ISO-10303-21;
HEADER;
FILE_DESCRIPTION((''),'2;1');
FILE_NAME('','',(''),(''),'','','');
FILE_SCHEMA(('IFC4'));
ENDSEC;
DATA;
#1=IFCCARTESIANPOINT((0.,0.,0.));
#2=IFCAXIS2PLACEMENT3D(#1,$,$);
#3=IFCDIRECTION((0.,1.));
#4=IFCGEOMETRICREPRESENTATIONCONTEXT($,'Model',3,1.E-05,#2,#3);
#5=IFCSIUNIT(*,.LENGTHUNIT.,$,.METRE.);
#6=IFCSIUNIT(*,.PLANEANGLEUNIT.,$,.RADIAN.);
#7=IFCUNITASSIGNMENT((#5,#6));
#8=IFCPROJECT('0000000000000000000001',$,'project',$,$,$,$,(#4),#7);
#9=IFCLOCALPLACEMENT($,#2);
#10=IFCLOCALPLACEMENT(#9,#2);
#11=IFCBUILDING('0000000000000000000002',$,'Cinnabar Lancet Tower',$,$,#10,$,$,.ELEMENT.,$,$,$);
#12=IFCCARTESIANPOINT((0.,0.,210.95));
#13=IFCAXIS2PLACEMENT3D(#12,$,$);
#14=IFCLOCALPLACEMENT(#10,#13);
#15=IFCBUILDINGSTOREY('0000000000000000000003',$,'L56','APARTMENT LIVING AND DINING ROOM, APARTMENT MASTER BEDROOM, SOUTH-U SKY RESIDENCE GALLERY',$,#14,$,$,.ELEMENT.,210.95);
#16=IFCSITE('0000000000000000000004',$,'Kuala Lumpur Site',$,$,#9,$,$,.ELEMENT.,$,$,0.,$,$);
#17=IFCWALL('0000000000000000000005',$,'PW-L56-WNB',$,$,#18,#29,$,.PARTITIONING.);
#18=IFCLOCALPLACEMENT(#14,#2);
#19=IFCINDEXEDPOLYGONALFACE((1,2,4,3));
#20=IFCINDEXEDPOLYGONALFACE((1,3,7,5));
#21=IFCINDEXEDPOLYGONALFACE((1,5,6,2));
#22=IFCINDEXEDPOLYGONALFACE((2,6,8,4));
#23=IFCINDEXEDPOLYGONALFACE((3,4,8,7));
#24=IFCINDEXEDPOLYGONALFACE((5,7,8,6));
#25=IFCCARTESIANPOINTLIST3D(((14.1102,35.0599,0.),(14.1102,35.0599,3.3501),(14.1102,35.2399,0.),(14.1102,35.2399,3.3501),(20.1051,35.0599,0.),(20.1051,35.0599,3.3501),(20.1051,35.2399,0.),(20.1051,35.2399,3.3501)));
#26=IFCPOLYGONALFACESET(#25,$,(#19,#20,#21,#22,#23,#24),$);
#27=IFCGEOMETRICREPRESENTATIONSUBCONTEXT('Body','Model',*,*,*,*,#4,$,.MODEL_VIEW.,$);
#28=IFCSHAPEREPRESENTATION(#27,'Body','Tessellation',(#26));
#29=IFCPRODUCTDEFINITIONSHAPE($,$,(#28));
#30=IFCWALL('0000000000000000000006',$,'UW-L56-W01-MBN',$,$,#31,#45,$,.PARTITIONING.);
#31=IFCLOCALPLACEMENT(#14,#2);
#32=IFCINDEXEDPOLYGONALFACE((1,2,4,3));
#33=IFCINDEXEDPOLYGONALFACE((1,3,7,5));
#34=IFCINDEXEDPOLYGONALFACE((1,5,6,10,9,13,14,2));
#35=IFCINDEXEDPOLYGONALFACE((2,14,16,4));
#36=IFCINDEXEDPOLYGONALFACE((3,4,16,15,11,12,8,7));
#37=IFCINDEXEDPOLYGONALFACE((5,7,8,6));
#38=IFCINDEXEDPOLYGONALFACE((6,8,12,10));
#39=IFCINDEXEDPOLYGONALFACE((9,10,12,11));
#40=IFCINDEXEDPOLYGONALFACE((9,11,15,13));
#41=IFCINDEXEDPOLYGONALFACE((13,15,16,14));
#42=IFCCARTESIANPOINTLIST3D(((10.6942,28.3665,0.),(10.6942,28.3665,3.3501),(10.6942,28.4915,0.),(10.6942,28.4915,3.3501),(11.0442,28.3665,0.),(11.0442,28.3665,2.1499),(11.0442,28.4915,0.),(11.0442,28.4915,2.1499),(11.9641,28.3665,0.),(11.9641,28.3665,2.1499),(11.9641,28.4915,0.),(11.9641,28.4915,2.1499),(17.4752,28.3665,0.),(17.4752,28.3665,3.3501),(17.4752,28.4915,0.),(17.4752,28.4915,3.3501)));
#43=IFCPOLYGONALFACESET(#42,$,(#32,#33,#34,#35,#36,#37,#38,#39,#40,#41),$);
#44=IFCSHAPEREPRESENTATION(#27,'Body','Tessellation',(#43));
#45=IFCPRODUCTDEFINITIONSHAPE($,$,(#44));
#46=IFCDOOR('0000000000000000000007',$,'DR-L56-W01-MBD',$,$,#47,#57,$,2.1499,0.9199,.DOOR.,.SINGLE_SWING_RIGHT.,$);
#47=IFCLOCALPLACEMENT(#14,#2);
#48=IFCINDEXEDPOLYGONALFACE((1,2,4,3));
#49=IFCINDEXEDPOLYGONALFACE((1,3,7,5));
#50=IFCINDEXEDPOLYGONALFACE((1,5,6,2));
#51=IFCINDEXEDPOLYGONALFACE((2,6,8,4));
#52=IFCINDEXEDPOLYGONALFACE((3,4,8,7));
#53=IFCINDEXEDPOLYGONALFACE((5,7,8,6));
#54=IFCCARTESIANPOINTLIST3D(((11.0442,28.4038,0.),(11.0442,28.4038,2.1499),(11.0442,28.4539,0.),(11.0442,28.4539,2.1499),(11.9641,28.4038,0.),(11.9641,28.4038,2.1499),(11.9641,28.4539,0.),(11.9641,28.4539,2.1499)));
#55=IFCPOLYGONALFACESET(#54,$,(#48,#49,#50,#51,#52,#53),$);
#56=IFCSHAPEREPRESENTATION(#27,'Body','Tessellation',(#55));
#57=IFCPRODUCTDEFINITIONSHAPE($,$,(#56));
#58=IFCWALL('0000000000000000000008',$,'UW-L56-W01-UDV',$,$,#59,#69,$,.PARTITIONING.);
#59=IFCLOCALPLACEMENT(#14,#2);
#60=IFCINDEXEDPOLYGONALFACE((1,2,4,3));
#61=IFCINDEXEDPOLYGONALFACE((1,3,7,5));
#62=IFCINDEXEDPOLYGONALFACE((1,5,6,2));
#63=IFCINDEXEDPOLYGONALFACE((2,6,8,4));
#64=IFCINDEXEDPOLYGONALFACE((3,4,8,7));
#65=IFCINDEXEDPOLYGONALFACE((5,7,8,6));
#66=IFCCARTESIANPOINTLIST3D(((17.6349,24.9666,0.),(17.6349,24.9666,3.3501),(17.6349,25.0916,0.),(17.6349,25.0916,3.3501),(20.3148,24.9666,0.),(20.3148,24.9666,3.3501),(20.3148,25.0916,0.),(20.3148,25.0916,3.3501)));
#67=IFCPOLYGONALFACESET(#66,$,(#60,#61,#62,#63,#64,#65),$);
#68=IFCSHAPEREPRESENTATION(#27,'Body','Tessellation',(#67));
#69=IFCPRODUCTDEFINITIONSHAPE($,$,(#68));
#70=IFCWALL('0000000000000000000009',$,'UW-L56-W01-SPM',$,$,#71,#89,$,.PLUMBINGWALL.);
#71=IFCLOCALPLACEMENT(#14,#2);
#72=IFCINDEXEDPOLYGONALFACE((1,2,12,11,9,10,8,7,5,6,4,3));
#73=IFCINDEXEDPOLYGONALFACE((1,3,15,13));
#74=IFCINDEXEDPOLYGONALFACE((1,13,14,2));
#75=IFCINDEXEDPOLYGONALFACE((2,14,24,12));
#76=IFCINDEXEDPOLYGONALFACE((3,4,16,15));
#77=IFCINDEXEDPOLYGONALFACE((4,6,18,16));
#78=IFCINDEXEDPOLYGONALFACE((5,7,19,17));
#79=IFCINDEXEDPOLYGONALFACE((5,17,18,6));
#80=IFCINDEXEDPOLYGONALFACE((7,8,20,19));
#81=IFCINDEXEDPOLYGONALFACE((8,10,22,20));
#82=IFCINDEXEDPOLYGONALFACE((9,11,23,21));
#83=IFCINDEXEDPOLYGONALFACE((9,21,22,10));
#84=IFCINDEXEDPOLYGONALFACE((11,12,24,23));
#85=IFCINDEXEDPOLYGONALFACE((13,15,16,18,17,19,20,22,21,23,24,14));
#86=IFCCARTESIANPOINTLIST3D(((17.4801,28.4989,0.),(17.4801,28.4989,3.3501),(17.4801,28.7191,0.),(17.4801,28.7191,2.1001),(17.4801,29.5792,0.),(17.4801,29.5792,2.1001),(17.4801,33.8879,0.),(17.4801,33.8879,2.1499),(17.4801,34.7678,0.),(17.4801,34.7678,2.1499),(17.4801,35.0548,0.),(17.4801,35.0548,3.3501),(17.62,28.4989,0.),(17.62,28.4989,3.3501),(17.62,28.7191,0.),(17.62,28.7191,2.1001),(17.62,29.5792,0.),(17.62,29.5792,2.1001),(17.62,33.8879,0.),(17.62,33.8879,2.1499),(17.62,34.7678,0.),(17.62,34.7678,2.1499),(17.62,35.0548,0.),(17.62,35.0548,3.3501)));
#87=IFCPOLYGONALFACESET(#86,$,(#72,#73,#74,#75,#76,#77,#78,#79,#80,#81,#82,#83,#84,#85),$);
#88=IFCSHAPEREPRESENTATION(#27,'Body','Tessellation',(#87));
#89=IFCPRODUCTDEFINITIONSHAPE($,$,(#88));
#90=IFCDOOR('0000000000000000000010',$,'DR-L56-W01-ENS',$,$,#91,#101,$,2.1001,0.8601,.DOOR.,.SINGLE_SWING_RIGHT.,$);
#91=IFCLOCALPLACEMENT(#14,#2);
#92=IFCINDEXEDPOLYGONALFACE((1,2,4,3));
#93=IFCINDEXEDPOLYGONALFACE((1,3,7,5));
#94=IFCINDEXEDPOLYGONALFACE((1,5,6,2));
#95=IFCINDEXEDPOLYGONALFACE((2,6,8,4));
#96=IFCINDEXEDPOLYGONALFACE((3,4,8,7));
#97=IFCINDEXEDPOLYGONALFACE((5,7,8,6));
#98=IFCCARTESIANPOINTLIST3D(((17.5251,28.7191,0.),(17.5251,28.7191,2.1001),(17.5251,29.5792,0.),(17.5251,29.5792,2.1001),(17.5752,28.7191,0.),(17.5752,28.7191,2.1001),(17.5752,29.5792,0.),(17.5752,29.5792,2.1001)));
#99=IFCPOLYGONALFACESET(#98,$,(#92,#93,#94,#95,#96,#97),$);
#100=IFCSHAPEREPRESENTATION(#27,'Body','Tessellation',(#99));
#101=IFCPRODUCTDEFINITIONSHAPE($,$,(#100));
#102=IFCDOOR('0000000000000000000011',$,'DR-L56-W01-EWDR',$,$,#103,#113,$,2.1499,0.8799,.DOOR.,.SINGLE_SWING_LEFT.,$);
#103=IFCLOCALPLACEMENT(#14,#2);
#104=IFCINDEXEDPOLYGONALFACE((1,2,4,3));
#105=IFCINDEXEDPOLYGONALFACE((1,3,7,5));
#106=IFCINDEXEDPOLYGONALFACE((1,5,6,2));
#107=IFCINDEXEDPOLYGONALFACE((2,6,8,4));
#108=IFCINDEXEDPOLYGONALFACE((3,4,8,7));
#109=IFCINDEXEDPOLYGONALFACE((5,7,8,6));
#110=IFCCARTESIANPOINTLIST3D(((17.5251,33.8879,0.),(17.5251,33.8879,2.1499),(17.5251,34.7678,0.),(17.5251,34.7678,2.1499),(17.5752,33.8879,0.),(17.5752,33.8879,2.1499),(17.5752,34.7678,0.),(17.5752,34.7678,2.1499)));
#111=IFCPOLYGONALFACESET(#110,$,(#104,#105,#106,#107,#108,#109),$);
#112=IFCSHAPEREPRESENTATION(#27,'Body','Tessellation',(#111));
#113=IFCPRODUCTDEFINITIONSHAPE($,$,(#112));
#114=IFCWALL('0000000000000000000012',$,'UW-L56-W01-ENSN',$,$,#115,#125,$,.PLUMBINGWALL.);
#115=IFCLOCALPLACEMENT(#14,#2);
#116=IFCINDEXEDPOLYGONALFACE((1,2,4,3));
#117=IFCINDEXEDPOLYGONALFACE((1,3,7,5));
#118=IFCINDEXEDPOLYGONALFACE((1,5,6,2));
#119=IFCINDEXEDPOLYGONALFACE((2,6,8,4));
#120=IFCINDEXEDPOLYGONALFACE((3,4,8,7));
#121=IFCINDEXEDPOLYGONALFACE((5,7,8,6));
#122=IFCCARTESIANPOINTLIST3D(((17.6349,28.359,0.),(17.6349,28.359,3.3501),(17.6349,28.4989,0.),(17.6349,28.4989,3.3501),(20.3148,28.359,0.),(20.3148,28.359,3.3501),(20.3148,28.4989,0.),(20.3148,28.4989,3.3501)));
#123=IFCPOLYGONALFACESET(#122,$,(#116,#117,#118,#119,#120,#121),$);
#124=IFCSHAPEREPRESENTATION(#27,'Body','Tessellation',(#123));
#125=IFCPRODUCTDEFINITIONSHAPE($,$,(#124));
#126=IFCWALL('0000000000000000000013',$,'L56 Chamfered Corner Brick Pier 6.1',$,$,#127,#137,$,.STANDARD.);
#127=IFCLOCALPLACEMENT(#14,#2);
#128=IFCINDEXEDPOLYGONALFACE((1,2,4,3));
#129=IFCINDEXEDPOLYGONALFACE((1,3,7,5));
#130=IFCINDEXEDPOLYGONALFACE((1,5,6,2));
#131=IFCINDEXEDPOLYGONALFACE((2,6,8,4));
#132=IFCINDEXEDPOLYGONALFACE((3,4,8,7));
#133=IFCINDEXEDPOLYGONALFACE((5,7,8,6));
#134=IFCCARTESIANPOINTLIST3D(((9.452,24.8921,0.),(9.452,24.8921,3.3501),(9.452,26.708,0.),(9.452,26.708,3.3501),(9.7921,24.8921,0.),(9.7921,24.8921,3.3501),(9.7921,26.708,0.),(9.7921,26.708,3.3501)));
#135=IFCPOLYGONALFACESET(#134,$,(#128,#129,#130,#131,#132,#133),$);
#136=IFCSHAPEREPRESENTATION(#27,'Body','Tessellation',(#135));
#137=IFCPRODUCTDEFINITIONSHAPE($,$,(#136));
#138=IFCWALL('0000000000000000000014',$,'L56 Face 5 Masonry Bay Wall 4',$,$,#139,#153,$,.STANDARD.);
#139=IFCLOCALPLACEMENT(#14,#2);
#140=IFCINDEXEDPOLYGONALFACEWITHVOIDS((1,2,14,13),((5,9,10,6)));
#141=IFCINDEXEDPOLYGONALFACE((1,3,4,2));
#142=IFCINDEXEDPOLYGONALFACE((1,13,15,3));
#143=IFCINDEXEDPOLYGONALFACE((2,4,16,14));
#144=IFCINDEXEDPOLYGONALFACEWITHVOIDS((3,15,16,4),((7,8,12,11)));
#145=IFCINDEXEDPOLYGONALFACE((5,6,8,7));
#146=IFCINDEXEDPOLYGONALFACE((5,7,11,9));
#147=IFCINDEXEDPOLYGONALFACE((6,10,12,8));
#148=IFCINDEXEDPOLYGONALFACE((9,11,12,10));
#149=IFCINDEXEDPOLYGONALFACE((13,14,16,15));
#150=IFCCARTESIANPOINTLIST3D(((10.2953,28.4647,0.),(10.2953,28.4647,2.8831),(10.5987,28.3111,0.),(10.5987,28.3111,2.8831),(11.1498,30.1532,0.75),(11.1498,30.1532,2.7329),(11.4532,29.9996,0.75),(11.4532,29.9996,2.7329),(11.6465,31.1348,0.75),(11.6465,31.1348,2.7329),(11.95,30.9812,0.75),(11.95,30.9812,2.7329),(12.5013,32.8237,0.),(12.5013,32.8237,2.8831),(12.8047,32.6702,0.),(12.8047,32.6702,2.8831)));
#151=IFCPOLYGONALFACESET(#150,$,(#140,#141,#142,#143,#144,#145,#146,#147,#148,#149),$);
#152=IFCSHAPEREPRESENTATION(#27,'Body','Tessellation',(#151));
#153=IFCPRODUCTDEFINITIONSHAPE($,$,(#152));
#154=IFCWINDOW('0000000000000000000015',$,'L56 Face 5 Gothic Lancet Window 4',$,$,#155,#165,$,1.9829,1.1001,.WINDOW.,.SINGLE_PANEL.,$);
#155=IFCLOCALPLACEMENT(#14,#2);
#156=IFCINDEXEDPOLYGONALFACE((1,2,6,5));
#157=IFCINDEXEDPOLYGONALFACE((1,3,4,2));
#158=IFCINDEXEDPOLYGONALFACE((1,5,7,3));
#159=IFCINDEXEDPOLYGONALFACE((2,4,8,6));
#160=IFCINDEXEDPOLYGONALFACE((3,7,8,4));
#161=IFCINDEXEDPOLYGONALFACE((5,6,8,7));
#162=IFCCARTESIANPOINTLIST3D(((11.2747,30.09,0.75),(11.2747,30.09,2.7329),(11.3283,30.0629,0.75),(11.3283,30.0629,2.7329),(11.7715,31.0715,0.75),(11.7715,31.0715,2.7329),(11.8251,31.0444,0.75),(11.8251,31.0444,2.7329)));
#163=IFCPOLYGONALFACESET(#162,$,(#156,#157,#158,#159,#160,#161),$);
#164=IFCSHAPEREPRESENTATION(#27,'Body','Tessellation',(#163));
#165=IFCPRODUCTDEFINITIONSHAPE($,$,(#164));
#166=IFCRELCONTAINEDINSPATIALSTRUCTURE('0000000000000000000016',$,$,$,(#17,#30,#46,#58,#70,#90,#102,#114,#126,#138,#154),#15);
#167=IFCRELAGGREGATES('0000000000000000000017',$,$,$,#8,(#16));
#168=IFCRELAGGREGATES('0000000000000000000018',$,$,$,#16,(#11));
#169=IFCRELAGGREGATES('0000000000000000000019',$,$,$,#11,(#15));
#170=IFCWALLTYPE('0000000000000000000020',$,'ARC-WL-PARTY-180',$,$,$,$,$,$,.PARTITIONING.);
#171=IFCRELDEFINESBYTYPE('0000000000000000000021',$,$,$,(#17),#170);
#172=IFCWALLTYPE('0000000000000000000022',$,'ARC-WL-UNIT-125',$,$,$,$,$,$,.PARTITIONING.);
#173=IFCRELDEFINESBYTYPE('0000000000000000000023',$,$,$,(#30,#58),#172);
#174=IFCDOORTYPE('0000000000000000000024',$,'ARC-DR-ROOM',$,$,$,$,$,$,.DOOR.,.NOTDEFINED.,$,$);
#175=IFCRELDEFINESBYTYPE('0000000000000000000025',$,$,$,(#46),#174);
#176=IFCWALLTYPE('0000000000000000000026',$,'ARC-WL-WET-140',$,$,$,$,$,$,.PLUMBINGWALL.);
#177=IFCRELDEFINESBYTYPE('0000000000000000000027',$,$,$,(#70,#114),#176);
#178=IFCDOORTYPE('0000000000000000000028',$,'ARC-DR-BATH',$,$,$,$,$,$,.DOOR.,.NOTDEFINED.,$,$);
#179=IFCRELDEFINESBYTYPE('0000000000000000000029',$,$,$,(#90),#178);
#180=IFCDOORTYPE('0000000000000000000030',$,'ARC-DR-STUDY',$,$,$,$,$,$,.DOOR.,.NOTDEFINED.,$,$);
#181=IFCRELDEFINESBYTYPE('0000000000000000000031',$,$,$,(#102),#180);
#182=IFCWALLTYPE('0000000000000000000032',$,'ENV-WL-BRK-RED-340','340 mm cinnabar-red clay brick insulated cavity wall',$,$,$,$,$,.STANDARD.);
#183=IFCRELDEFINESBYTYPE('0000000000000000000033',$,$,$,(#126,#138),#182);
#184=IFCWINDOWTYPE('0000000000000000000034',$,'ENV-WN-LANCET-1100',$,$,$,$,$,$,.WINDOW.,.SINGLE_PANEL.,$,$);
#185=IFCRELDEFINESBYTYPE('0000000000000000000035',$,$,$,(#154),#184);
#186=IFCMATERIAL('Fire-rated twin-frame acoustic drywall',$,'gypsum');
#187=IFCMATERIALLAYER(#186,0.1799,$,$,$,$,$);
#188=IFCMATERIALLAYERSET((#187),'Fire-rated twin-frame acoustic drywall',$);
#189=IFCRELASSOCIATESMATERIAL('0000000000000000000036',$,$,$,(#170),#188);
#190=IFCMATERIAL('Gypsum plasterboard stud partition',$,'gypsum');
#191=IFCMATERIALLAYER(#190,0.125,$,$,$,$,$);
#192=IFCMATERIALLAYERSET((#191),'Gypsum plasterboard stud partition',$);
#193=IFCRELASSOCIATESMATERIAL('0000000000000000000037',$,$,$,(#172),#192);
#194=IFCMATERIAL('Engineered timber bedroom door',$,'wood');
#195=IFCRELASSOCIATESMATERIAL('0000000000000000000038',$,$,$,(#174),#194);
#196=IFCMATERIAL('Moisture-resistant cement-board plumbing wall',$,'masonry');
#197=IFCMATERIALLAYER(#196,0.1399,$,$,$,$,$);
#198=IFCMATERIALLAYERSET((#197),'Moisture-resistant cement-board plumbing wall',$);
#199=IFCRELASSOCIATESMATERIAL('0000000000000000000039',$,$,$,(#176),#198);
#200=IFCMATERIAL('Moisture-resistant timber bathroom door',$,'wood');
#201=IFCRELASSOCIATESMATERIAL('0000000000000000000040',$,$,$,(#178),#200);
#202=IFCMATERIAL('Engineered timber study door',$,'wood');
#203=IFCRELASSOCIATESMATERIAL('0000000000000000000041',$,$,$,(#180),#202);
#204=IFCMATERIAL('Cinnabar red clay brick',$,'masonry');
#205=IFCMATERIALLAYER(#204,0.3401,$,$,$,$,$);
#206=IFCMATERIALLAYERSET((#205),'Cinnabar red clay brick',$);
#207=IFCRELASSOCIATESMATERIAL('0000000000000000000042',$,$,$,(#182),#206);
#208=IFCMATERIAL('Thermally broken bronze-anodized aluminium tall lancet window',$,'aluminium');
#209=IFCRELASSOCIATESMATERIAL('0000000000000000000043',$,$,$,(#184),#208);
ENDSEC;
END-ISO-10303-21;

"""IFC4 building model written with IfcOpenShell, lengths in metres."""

from ifc_helpers import new_model, si_unit, direction, frame, frame_2d, origin, place, context, subcontext, project, spatial, rectangle, extrude, material, layer, layer_set, type_object, element, fill, save


model = new_model("IFC4")

# Units and contexts
model_context = context("Model", 3, precision=1e-05, world=origin(), true_north=direction((0.0, 1.0)))
body_context = subcontext(model_context, "Body", "Model", "MODEL_VIEW")
ifc_project = project(units=[si_unit("LENGTHUNIT", "METRE"), si_unit("PLANEANGLEUNIT", "RADIAN")], contexts=[model_context])

# Site, building, storey
site_placement = place(None, origin())
site = spatial("IfcSite", under=ifc_project, at=site_placement, Name="Kuala Lumpur Site", CompositionType="ELEMENT", RefElevation=0.0)
building_placement = place(site_placement, origin())
building = spatial("IfcBuilding", under=site, at=building_placement, Name="Cinnabar Lancet Tower", CompositionType="ELEMENT")
storey_placement = place(building_placement, frame((0.0, 0.0, 210.95)))
storey = spatial("IfcBuildingStorey", under=building, at=storey_placement, Name="L56", Description="APARTMENT LIVING AND DINING ROOM, APARTMENT MASTER BEDROOM, SOUTH-U SKY RESIDENCE GALLERY", CompositionType="ELEMENT", Elevation=210.95)

# Wall
ifc_material_1 = material(Name="Fire-rated twin-frame acoustic drywall", Category="gypsum")
ifc_layer_1 = layer(ifc_material_1, 0.1799)
ifc_layer_set_1 = layer_set([ifc_layer_1], Name="Fire-rated twin-frame acoustic drywall")
wall_type_1 = type_object("IfcWallType", Name="ARC-WL-PARTY-180", PredefinedType="PARTITIONING", material=ifc_layer_set_1)
wall_1_placement = place(storey_placement, frame((14.1101, 35.1499, 0.0), z_axis=(0.0, 0.0, 1.0), x_axis=(1.0, 0.0, 0.0)))
element("IfcWall", 1, at=wall_1_placement, inside=storey, type_object=wall_type_1, Name="PW-L56-WNB", PredefinedType="PARTITIONING", context=body_context, shape_type="SweptSolid", body=[
    extrude(rectangle(XDim=5.9949, YDim=0.1799, at=frame_2d((2.9976, 0.0))), origin(), (0.0, 0.0, 1.0), 3.3501),
])

# Wall, opening, door
ifc_material_2 = material(Name="Gypsum plasterboard stud partition", Category="gypsum")
ifc_layer_2 = layer(ifc_material_2, 0.125)
ifc_layer_set_2 = layer_set([ifc_layer_2], Name="Gypsum plasterboard stud partition")
wall_type_2 = type_object("IfcWallType", Name="ARC-WL-UNIT-125", PredefinedType="PARTITIONING", material=ifc_layer_set_2)
wall_2_placement = place(storey_placement, frame((10.6941, 28.429, 0.0), z_axis=(0.0, 0.0, 1.0), x_axis=(1.0, 0.0, 0.0)))
wall_2 = element("IfcWall", 2, at=wall_2_placement, inside=storey, type_object=wall_type_2, Name="UW-L56-W01-MBN", PredefinedType="PARTITIONING", context=body_context, shape_type="SweptSolid", body=[
    extrude(rectangle(XDim=6.781, YDim=0.125, at=frame_2d((3.3906, 0.0))), origin(), (0.0, 0.0, 1.0), 3.3501),
])
opening_1_placement = place(wall_2_placement, frame((0.3501, 0.0, 0.0)))
opening_1 = element("IfcOpeningElement", 3, at=opening_1_placement, cuts=wall_2, PredefinedType="OPENING", context=body_context, shape_type="SweptSolid", body=[
    extrude(rectangle(XDim=0.9199, YDim=2.1499, at=frame_2d((0.46, 1.075))), frame((0.0, 0.0725, 0.0), z_axis=(0.0, -1.0, 0.0), x_axis=(1.0, 0.0, 0.0)), (0.0, 0.0, 1.0), 0.145),
])
ifc_material_3 = material(Name="Engineered timber bedroom door", Category="wood")
door_type_1 = type_object("IfcDoorType", Name="ARC-DR-ROOM", OperationType="NOTDEFINED", PredefinedType="DOOR", material=ifc_material_3)
door_1_placement = place(opening_1_placement, origin())
door_1 = element("IfcDoor", 4, at=door_1_placement, inside=storey, type_object=door_type_1, Name="DR-L56-W01-MBD", OperationType="SINGLE_SWING_RIGHT", OverallHeight=2.1499, OverallWidth=0.9199, PredefinedType="DOOR", context=body_context, shape_type="SweptSolid", body=[
    extrude(rectangle(XDim=0.9199, YDim=2.1499, at=frame_2d((0.46, 1.075))), frame((0.0, 0.0249, 0.0), z_axis=(0.0, -1.0, 0.0), x_axis=(1.0, 0.0, 0.0)), (0.0, 0.0, 1.0), 0.05),
])
fill(opening_1, door_1)

# Wall
wall_3_placement = place(storey_placement, frame((17.635, 25.0291, 0.0), z_axis=(0.0, 0.0, 1.0), x_axis=(1.0, 0.0, 0.0)))
element("IfcWall", 5, at=wall_3_placement, inside=storey, type_object=wall_type_2, Name="UW-L56-W01-UDV", PredefinedType="PARTITIONING", context=body_context, shape_type="SweptSolid", body=[
    extrude(rectangle(XDim=2.6799, YDim=0.125, at=frame_2d((1.3398, 0.0))), origin(), (0.0, 0.0, 1.0), 3.3501),
])

# Wall, openings, doors
ifc_material_4 = material(Name="Moisture-resistant cement-board plumbing wall", Category="masonry")
ifc_layer_3 = layer(ifc_material_4, 0.1399)
ifc_layer_set_3 = layer_set([ifc_layer_3], Name="Moisture-resistant cement-board plumbing wall")
wall_type_3 = type_object("IfcWallType", Name="ARC-WL-WET-140", PredefinedType="PLUMBINGWALL", material=ifc_layer_set_3)
wall_4_placement = place(storey_placement, frame((17.55, 28.499, 0.0), z_axis=(0.0, 0.0, 1.0), x_axis=(0.0, 1.0, 0.0)))
wall_4 = element("IfcWall", 6, at=wall_4_placement, inside=storey, type_object=wall_type_3, Name="UW-L56-W01-SPM", PredefinedType="PLUMBINGWALL", context=body_context, shape_type="SweptSolid", body=[
    extrude(rectangle(XDim=6.5559, YDim=0.1399, at=frame_2d((3.2778, 0.0))), origin(), (0.0, 0.0, 1.0), 3.3501),
])
opening_2_placement = place(wall_4_placement, frame((0.22, 0.0, 0.0)))
opening_2 = element("IfcOpeningElement", 7, at=opening_2_placement, cuts=wall_4, PredefinedType="OPENING", context=body_context, shape_type="SweptSolid", body=[
    extrude(rectangle(XDim=0.8601, YDim=2.1001, at=frame_2d((0.4302, 1.05))), frame((0.0, 0.0798, 0.0), z_axis=(0.0, -1.0, 0.0), x_axis=(1.0, 0.0, 0.0)), (0.0, 0.0, 1.0), 0.1599),
])
opening_3_placement = place(wall_4_placement, frame((5.3889, 0.0, 0.0)))
opening_3 = element("IfcOpeningElement", 8, at=opening_3_placement, cuts=wall_4, PredefinedType="OPENING", context=body_context, shape_type="SweptSolid", body=[
    extrude(rectangle(XDim=0.8799, YDim=2.1499, at=frame_2d((0.4399, 1.075))), frame((0.0, 0.0798, 0.0), z_axis=(0.0, -1.0, 0.0), x_axis=(1.0, 0.0, 0.0)), (0.0, 0.0, 1.0), 0.1599),
])
ifc_material_5 = material(Name="Moisture-resistant timber bathroom door", Category="wood")
door_type_2 = type_object("IfcDoorType", Name="ARC-DR-BATH", OperationType="NOTDEFINED", PredefinedType="DOOR", material=ifc_material_5)
door_2_placement = place(opening_2_placement, origin())
door_2 = element("IfcDoor", 9, at=door_2_placement, inside=storey, type_object=door_type_2, Name="DR-L56-W01-ENS", OperationType="SINGLE_SWING_RIGHT", OverallHeight=2.1001, OverallWidth=0.8601, PredefinedType="DOOR", context=body_context, shape_type="SweptSolid", body=[
    extrude(rectangle(XDim=0.8601, YDim=2.1001, at=frame_2d((0.4302, 1.05))), frame((0.0, 0.0249, 0.0), z_axis=(0.0, -1.0, 0.0), x_axis=(1.0, 0.0, 0.0)), (0.0, 0.0, 1.0), 0.05),
])
fill(opening_2, door_2)
ifc_material_6 = material(Name="Engineered timber study door", Category="wood")
door_type_3 = type_object("IfcDoorType", Name="ARC-DR-STUDY", OperationType="NOTDEFINED", PredefinedType="DOOR", material=ifc_material_6)
door_3_placement = place(opening_3_placement, origin())
door_3 = element("IfcDoor", 10, at=door_3_placement, inside=storey, type_object=door_type_3, Name="DR-L56-W01-EWDR", OperationType="SINGLE_SWING_LEFT", OverallHeight=2.1499, OverallWidth=0.8799, PredefinedType="DOOR", context=body_context, shape_type="SweptSolid", body=[
    extrude(rectangle(XDim=0.8799, YDim=2.1499, at=frame_2d((0.4399, 1.075))), frame((0.0, 0.0249, 0.0), z_axis=(0.0, -1.0, 0.0), x_axis=(1.0, 0.0, 0.0)), (0.0, 0.0, 1.0), 0.05),
])
fill(opening_3, door_3)

# Walls
wall_5_placement = place(storey_placement, frame((17.635, 28.429, 0.0), z_axis=(0.0, 0.0, 1.0), x_axis=(1.0, 0.0, 0.0)))
element("IfcWall", 11, at=wall_5_placement, inside=storey, type_object=wall_type_3, Name="UW-L56-W01-ENSN", PredefinedType="PLUMBINGWALL", context=body_context, shape_type="SweptSolid", body=[
    extrude(rectangle(XDim=2.6799, YDim=0.1399, at=frame_2d((1.3398, 0.0))), origin(), (0.0, 0.0, 1.0), 3.3501),
])
ifc_material_7 = material(Name="Cinnabar red clay brick", Category="masonry")
ifc_layer_4 = layer(ifc_material_7, 0.3401)
ifc_layer_set_4 = layer_set([ifc_layer_4], Name="Cinnabar red clay brick")
wall_type_4 = type_object("IfcWallType", Name="ENV-WL-BRK-RED-340", Description="340 mm cinnabar-red clay brick insulated cavity wall", PredefinedType="STANDARD", material=ifc_layer_set_4)
wall_6_placement = place(storey_placement, frame((9.6221, 26.708, 0.0), z_axis=(0.0, 0.0, 1.0), x_axis=(0.0, -1.0, 0.0)))
element("IfcWall", 12, at=wall_6_placement, inside=storey, type_object=wall_type_4, Name="L56 Chamfered Corner Brick Pier 6.1", PredefinedType="STANDARD", context=body_context, shape_type="SweptSolid", body=[
    extrude(rectangle(XDim=1.8159, YDim=0.3401, at=frame_2d((0.908, 0.0))), origin(), (0.0, 0.0, 1.0), 3.3501),
])

# Wall, opening, window
wall_7_placement = place(storey_placement, frame((12.6531, 32.7471, 0.0), z_axis=(0.0, 0.0, 1.0), x_axis=(-0.451546, -0.892248, 0.0)))
wall_7 = element("IfcWall", 13, at=wall_7_placement, inside=storey, type_object=wall_type_4, Name="L56 Face 5 Masonry Bay Wall 4", PredefinedType="STANDARD", context=body_context, shape_type="SweptSolid", body=[
    extrude(rectangle(XDim=4.8855, YDim=0.3401, at=frame_2d((2.4429, 0.0))), origin(), (0.0, 0.0, 1.0), 2.8831),
])
opening_4_placement = place(wall_7_placement, frame((1.8931, 0.0, 0.75)))
opening_4 = element("IfcOpeningElement", 14, at=opening_4_placement, cuts=wall_7, PredefinedType="OPENING", context=body_context, shape_type="SweptSolid", body=[
    extrude(rectangle(XDim=1.1001, YDim=1.9829, at=frame_2d((0.55, 0.9915))), frame((0.0, 0.1799, 0.0), z_axis=(0.0, -1.0, 0.0), x_axis=(1.0, 0.0, 0.0)), (0.0, 0.0, 1.0), 0.3601),
])
ifc_material_8 = material(Name="Thermally broken bronze-anodized aluminium tall lancet window", Category="aluminium")
window_type = type_object("IfcWindowType", Name="ENV-WN-LANCET-1100", PartitioningType="SINGLE_PANEL", PredefinedType="WINDOW", material=ifc_material_8)
window_placement = place(opening_4_placement, origin())
window = element("IfcWindow", 15, at=window_placement, inside=storey, type_object=window_type, Name="L56 Face 5 Gothic Lancet Window 4", OverallHeight=1.9829, OverallWidth=1.1001, PartitioningType="SINGLE_PANEL", PredefinedType="WINDOW", context=body_context, shape_type="SweptSolid", body=[
    extrude(rectangle(XDim=1.1001, YDim=1.9829, at=frame_2d((0.55, 0.9915))), frame((0.0, 0.03, 0.0), z_axis=(0.0, -1.0, 0.0), x_axis=(1.0, 0.0, 0.0)), (0.0, 0.0, 1.0), 0.0601),
])
fill(opening_4, window)

save(model, "model.ifc")
